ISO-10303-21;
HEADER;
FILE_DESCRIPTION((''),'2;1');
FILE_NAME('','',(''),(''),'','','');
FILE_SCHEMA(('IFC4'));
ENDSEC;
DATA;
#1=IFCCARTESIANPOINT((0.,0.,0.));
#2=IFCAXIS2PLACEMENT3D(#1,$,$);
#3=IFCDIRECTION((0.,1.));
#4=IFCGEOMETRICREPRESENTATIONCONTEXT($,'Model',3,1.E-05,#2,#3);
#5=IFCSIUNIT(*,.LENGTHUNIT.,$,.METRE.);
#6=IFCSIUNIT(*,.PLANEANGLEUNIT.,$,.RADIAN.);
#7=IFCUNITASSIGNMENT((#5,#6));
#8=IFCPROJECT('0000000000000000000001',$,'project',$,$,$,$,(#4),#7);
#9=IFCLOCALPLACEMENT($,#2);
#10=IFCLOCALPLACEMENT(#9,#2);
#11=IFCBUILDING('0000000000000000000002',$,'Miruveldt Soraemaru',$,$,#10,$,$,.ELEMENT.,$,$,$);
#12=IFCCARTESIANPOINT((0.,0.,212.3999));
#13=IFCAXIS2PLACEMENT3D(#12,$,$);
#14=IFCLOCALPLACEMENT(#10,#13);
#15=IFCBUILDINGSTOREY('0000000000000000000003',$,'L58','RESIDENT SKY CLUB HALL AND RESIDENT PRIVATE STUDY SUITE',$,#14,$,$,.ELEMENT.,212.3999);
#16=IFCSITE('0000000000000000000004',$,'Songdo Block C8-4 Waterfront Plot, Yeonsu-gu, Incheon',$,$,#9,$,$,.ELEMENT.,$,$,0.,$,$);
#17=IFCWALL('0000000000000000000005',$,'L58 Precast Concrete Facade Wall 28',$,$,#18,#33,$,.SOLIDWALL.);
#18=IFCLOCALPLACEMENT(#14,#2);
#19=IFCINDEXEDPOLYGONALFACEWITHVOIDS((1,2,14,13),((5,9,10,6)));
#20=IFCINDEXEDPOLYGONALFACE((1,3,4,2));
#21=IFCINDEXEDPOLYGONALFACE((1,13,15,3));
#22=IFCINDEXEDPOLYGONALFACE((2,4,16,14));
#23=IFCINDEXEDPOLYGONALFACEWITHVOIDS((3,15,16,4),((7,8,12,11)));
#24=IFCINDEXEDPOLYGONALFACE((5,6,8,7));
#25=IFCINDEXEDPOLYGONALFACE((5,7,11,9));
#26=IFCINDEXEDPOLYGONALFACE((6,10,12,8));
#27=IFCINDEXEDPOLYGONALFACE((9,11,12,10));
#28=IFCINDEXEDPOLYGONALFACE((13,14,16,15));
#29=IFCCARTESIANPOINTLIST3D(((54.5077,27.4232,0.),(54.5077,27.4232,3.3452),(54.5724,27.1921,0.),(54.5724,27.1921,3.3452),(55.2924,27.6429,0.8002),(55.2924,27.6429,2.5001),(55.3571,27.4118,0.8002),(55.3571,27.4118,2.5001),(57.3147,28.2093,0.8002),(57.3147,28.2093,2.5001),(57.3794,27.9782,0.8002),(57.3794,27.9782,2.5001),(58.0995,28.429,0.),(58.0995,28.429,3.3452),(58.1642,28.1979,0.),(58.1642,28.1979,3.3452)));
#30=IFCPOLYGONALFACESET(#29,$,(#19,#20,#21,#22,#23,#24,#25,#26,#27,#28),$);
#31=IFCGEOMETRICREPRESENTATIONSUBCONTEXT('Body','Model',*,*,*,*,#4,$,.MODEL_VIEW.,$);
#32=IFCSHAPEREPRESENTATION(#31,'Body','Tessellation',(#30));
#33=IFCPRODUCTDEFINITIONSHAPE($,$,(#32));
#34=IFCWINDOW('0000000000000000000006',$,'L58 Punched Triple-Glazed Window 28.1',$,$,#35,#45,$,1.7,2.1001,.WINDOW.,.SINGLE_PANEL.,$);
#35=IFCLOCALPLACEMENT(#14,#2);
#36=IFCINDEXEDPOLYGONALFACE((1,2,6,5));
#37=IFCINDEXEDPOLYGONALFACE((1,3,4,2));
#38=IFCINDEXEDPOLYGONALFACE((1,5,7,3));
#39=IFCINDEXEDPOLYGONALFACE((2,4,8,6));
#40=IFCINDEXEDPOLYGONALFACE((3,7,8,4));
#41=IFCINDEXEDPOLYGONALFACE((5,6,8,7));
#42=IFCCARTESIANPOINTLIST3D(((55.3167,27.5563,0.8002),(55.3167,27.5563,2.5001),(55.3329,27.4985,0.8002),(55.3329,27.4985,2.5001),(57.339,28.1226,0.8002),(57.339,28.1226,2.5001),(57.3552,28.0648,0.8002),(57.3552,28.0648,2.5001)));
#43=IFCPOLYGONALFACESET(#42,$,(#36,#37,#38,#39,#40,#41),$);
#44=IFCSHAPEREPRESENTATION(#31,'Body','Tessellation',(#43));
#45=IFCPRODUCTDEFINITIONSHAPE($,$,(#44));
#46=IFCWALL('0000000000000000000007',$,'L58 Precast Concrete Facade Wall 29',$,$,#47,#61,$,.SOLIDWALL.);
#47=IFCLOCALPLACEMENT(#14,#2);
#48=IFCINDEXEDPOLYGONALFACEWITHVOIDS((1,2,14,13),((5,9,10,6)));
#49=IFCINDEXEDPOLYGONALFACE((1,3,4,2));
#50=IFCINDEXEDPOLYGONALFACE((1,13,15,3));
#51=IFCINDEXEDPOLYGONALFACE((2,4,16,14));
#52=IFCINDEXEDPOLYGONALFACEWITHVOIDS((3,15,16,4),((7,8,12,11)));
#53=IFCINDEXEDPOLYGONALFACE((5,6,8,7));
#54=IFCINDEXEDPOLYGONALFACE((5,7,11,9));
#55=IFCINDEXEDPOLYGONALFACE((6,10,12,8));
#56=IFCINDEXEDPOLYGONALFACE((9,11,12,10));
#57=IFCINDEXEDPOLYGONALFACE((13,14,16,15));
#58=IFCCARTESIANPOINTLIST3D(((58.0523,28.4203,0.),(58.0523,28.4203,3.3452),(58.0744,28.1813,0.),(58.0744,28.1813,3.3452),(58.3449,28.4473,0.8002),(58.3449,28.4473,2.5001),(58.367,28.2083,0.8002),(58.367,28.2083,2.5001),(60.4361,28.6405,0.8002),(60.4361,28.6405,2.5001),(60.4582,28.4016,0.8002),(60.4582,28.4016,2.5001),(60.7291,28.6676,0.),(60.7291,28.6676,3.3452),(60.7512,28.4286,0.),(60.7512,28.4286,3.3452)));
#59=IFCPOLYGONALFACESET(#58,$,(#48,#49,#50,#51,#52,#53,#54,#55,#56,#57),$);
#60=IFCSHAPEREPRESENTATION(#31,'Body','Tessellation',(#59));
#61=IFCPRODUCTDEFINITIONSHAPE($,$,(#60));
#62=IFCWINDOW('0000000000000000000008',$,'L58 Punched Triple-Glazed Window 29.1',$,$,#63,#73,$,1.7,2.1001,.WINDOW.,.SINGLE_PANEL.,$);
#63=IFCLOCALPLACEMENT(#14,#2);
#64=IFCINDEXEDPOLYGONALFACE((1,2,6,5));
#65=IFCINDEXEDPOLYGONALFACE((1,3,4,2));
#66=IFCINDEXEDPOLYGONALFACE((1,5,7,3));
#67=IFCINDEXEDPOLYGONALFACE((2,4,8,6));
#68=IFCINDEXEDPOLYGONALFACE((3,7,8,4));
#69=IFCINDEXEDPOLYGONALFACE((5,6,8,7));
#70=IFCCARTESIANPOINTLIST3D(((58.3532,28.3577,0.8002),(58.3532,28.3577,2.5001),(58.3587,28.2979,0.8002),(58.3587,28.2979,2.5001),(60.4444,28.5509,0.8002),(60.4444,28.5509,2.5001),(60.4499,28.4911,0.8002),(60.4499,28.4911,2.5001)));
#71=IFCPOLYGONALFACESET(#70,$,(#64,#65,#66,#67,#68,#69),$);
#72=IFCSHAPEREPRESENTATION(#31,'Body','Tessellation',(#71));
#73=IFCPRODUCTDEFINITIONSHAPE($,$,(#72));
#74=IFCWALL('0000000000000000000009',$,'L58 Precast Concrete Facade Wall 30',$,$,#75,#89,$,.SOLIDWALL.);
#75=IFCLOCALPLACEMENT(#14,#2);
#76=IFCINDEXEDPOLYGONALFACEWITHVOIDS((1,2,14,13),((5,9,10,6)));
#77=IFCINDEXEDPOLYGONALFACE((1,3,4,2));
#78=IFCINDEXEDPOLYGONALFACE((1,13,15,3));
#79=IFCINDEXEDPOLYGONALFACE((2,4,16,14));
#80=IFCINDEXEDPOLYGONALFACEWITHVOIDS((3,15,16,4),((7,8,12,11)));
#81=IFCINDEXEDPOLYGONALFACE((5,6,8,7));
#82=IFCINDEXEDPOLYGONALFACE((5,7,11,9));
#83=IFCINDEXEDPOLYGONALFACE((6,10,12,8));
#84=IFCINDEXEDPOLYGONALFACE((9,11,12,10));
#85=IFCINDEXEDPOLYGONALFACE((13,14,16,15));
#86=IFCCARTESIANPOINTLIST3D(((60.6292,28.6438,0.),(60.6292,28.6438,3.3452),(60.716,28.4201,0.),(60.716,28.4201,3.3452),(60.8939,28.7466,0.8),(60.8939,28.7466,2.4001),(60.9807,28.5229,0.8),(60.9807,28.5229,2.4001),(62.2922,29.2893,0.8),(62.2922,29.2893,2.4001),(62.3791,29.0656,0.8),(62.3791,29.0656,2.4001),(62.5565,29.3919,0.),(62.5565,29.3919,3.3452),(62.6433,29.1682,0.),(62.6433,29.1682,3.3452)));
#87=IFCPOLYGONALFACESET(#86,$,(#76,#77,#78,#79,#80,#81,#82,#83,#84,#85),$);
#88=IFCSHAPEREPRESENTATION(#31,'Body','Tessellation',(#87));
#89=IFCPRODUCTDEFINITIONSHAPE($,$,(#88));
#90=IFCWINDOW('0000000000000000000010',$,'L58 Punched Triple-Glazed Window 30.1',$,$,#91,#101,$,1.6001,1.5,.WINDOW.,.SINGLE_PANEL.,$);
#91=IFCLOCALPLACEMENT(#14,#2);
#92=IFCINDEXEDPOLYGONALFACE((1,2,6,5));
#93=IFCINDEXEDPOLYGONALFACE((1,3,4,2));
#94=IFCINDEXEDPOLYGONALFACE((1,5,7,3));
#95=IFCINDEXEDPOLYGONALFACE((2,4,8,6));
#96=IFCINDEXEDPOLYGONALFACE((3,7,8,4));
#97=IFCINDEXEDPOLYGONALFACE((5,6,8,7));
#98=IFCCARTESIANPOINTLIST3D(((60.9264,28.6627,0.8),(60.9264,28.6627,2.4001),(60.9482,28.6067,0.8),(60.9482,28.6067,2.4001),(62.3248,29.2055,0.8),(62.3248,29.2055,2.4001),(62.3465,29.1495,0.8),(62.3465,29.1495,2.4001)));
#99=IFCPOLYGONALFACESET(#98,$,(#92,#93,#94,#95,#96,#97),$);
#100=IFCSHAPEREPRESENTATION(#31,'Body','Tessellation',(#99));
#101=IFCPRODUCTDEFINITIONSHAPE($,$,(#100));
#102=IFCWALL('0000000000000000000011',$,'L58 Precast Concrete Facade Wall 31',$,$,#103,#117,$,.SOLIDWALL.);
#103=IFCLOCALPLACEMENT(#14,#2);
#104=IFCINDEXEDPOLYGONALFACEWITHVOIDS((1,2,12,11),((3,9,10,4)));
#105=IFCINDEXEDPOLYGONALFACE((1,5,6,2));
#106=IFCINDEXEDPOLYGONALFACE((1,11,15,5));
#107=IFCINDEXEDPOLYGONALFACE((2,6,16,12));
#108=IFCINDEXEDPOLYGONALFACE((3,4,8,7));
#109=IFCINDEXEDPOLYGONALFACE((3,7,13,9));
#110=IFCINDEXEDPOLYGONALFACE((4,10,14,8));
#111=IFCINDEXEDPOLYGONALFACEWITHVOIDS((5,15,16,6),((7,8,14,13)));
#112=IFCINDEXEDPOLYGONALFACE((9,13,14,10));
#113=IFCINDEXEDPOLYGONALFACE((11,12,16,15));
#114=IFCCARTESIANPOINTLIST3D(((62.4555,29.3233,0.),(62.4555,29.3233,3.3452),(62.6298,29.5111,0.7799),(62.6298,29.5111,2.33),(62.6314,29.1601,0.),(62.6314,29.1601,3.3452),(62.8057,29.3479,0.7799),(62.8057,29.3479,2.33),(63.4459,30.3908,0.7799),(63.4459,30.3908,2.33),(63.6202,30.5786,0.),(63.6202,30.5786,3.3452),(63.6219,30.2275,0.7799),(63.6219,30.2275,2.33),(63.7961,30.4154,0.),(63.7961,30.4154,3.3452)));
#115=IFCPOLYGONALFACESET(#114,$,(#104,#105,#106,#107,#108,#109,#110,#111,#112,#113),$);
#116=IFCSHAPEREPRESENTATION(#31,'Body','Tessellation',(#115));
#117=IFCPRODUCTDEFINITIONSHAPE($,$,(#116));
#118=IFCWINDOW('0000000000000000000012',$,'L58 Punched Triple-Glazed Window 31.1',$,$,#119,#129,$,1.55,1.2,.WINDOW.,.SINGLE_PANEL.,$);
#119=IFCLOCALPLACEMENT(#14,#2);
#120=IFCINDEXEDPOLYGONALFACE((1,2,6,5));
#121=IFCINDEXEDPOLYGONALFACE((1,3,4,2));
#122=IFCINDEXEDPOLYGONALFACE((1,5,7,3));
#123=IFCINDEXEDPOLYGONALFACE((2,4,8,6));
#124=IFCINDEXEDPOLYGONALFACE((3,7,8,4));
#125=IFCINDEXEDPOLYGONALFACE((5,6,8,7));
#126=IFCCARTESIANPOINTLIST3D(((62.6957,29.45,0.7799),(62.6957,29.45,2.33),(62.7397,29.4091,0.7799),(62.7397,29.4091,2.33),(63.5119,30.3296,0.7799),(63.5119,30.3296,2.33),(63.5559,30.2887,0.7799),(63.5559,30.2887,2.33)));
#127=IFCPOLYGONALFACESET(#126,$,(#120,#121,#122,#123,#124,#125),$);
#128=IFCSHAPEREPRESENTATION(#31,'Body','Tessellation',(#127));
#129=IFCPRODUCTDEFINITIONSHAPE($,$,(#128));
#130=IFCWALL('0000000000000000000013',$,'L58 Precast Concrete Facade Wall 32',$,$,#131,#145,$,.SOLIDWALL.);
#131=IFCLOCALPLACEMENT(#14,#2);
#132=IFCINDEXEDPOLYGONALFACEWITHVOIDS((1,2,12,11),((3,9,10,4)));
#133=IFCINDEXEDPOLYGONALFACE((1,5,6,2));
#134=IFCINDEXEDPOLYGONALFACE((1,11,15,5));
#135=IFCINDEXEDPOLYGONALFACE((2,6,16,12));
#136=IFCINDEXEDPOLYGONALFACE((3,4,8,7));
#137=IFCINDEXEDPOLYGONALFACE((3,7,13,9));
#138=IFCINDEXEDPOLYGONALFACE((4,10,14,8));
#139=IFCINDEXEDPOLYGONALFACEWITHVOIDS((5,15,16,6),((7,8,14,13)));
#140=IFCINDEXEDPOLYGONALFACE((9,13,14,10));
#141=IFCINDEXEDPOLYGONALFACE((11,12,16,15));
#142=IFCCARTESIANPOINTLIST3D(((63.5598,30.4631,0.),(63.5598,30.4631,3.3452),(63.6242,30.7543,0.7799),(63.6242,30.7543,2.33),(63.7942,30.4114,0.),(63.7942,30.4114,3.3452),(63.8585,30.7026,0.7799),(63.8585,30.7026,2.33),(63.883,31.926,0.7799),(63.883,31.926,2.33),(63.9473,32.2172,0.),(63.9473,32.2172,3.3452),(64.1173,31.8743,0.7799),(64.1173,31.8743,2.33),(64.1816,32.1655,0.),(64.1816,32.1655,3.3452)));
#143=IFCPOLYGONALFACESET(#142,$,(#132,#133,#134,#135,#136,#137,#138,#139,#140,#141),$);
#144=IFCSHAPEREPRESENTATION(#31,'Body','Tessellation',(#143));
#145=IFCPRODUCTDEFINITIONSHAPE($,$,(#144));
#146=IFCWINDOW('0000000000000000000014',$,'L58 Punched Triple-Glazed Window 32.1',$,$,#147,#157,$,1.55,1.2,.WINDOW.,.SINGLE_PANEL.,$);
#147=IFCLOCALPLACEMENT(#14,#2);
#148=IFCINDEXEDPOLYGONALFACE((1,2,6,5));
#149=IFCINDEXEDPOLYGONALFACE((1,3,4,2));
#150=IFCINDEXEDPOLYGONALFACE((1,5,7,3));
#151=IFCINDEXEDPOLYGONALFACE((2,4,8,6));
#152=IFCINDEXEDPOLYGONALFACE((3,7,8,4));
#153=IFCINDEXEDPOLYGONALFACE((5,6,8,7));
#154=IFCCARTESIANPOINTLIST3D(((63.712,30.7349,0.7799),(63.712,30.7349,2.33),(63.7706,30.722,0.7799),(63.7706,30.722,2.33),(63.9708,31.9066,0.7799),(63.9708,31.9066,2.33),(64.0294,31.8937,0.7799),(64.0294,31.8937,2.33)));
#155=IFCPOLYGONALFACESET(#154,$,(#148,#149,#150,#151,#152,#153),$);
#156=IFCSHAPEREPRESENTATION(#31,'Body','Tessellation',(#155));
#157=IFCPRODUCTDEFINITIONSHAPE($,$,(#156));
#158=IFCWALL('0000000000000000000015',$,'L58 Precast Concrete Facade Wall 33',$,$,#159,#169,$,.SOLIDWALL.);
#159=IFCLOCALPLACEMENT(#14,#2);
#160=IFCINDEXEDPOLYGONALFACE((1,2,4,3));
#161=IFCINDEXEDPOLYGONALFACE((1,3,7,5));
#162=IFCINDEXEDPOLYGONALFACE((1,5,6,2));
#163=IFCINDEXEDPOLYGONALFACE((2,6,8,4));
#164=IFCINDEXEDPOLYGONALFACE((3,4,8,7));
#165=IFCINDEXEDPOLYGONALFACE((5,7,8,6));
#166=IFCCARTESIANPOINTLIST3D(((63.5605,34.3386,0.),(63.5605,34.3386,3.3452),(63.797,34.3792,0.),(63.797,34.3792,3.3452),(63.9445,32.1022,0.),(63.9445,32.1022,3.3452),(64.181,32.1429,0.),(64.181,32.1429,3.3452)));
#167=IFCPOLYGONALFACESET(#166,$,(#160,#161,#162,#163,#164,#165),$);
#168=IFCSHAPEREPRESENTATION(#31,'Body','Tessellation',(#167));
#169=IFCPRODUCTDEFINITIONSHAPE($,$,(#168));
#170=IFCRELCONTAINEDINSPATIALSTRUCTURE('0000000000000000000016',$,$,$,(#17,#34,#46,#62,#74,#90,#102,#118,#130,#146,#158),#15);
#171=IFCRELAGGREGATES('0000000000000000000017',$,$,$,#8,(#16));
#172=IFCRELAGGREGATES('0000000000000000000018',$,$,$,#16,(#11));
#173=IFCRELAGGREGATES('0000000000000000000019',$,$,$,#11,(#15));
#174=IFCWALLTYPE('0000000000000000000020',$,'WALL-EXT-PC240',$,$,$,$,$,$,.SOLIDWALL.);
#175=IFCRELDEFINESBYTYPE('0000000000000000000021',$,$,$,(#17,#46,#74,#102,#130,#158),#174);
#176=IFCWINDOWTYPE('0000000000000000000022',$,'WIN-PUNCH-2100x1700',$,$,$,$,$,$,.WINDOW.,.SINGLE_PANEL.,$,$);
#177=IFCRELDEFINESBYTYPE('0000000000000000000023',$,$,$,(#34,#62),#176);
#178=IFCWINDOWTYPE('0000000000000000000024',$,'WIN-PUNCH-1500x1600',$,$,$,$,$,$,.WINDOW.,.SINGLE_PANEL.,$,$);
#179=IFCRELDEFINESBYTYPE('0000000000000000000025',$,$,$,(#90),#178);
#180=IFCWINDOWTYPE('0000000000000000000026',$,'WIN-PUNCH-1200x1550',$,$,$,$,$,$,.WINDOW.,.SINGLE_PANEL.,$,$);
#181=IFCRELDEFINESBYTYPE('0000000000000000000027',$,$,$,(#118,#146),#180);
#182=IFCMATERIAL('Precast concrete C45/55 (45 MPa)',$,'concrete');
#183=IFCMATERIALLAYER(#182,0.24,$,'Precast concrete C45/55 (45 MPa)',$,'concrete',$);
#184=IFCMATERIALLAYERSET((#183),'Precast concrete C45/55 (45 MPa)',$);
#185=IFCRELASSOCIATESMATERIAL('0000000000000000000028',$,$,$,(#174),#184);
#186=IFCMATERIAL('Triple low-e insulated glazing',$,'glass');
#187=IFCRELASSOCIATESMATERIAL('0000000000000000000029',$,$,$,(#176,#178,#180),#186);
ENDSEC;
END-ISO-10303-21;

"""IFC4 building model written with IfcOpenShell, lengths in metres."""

from ifc_helpers import new_model, si_unit, direction, frame, frame_2d, origin, place, context, subcontext, project, spatial, rectangle, extrude, material, layer, layer_set, type_object, element, fill, save


model = new_model("IFC4")

# Units and contexts
model_context = context("Model", 3, precision=1e-05, world=origin(), true_north=direction((0.0, 1.0)))
body_context = subcontext(model_context, "Body", "Model", "MODEL_VIEW")
ifc_project = project(units=[si_unit("LENGTHUNIT", "METRE"), si_unit("PLANEANGLEUNIT", "RADIAN")], contexts=[model_context])

# Site, building, storey
site_placement = place(None, origin())
site = spatial("IfcSite", under=ifc_project, at=site_placement, Name="Songdo Block C8-4 Waterfront Plot, Yeonsu-gu, Incheon", CompositionType="ELEMENT", RefElevation=0.0)
building_placement = place(site_placement, origin())
building = spatial("IfcBuilding", under=site, at=building_placement, Name="Miruveldt Soraemaru", CompositionType="ELEMENT")
storey_placement = place(building_placement, frame((0.0, 0.0, 212.3999)))
storey = spatial("IfcBuildingStorey", under=building, at=storey_placement, Name="L58", Description="RESIDENT SKY CLUB HALL AND RESIDENT PRIVATE STUDY SUITE", CompositionType="ELEMENT", Elevation=212.3999)

# Walls, openings, windows
ifc_material_1 = material(Name="Precast concrete C45/55 (45 MPa)", Category="concrete")
ifc_layer_1 = layer(ifc_material_1, 0.24, Name="Precast concrete C45/55 (45 MPa)", Category="concrete")
ifc_layer_set_1 = layer_set([ifc_layer_1], Name="Precast concrete C45/55 (45 MPa)")
wall_type_1 = type_object("IfcWallType", Name="WALL-EXT-PC240", PredefinedType="SOLIDWALL", material=ifc_layer_set_1)
wall_1_placement = place(storey_placement, frame((54.54, 27.3076, 0.0), z_axis=(0.0, 0.0, 1.0), x_axis=(0.962953, 0.269669, 0.0)))
wall_1 = element("IfcWall", 1, at=wall_1_placement, inside=storey, type_object=wall_type_1, Name="L58 Precast Concrete Facade Wall 28", PredefinedType="SOLIDWALL", context=body_context, shape_type="SweptSolid", body=[
    extrude(rectangle(XDim=3.73, YDim=0.24, at=frame_2d((1.865, 0.0))), origin(), (0.0, 0.0, 1.0), 3.3452),
])
opening_1_placement = place(wall_1_placement, frame((0.8149, 0.0, 0.8)))
opening_1 = element("IfcOpeningElement", 2, at=opening_1_placement, cuts=wall_1, PredefinedType="OPENING", context=body_context, shape_type="SweptSolid", body=[
    extrude(rectangle(XDim=2.1001, YDim=1.7, at=frame_2d((1.05, 0.8501))), frame((0.0, 0.1299, 0.0), z_axis=(0.0, -1.0, 0.0), x_axis=(1.0, 0.0, 0.0)), (0.0, 0.0, 1.0), 0.26),
])
ifc_material_2 = material(Name="Triple low-e insulated glazing", Category="glass")
window_type_1 = type_object("IfcWindowType", Name="WIN-PUNCH-2100x1700", PartitioningType="SINGLE_PANEL", PredefinedType="WINDOW", material=ifc_material_2)
window_1_placement = place(opening_1_placement, origin())
window_1 = element("IfcWindow", 3, at=window_1_placement, inside=storey, type_object=window_type_1, Name="L58 Punched Triple-Glazed Window 28.1", OverallHeight=1.7, OverallWidth=2.1001, PartitioningType="SINGLE_PANEL", PredefinedType="WINDOW", context=body_context, shape_type="SweptSolid", body=[
    extrude(rectangle(XDim=2.1001, YDim=1.7, at=frame_2d((1.05, 0.8501))), frame((0.0, 0.03, 0.0), z_axis=(0.0, -1.0, 0.0), x_axis=(1.0, 0.0, 0.0)), (0.0, 0.0, 1.0), 0.0601),
])
fill(opening_1, window_1)
wall_2_placement = place(storey_placement, frame((58.0632, 28.3008, 0.0), z_axis=(0.0, 0.0, 1.0), x_axis=(0.995759, 0.092001, 0.0)))
wall_2 = element("IfcWall", 4, at=wall_2_placement, inside=storey, type_object=wall_type_1, Name="L58 Precast Concrete Facade Wall 29", PredefinedType="SOLIDWALL", context=body_context, shape_type="SweptSolid", body=[
    extrude(rectangle(XDim=2.6882, YDim=0.24, at=frame_2d((1.3442, 0.0))), origin(), (0.0, 0.0, 1.0), 3.3452),
])
opening_2_placement = place(wall_2_placement, frame((0.2939, 0.0, 0.8)))
opening_2 = element("IfcOpeningElement", 5, at=opening_2_placement, cuts=wall_2, PredefinedType="OPENING", context=body_context, shape_type="SweptSolid", body=[
    extrude(rectangle(XDim=2.1001, YDim=1.7, at=frame_2d((1.05, 0.8501))), frame((0.0, 0.1299, 0.0), z_axis=(0.0, -1.0, 0.0), x_axis=(1.0, 0.0, 0.0)), (0.0, 0.0, 1.0), 0.26),
])
window_2_placement = place(opening_2_placement, origin())
window_2 = element("IfcWindow", 6, at=window_2_placement, inside=storey, type_object=window_type_1, Name="L58 Punched Triple-Glazed Window 29.1", OverallHeight=1.7, OverallWidth=2.1001, PartitioningType="SINGLE_PANEL", PredefinedType="WINDOW", context=body_context, shape_type="SweptSolid", body=[
    extrude(rectangle(XDim=2.1001, YDim=1.7, at=frame_2d((1.05, 0.8501))), frame((0.0, 0.03, 0.0), z_axis=(0.0, -1.0, 0.0), x_axis=(1.0, 0.0, 0.0)), (0.0, 0.0, 1.0), 0.0601),
])
fill(opening_2, window_2)
wall_3_placement = place(storey_placement, frame((60.6726, 28.532, 0.0), z_axis=(0.0, 0.0, 1.0), x_axis=(0.932239, 0.361842, 0.0)))
wall_3 = element("IfcWall", 7, at=wall_3_placement, inside=storey, type_object=wall_type_1, Name="L58 Precast Concrete Facade Wall 30", PredefinedType="SOLIDWALL", context=body_context, shape_type="SweptSolid", body=[
    extrude(rectangle(XDim=2.0674, YDim=0.24, at=frame_2d((1.0337, 0.0))), origin(), (0.0, 0.0, 1.0), 3.3452),
])
opening_3_placement = place(wall_3_placement, frame((0.2839, 0.0, 0.8)))
opening_3 = element("IfcOpeningElement", 8, at=opening_3_placement, cuts=wall_3, PredefinedType="OPENING", context=body_context, shape_type="SweptSolid", body=[
    extrude(rectangle(XDim=1.5, YDim=1.6001, at=frame_2d((0.75, 0.8))), frame((0.0, 0.1299, 0.0), z_axis=(0.0, -1.0, 0.0), x_axis=(1.0, 0.0, 0.0)), (0.0, 0.0, 1.0), 0.26),
])
window_type_2 = type_object("IfcWindowType", Name="WIN-PUNCH-1500x1600", PartitioningType="SINGLE_PANEL", PredefinedType="WINDOW", material=ifc_material_2)
window_3_placement = place(opening_3_placement, origin())
window_3 = element("IfcWindow", 9, at=window_3_placement, inside=storey, type_object=window_type_2, Name="L58 Punched Triple-Glazed Window 30.1", OverallHeight=1.6001, OverallWidth=1.5, PartitioningType="SINGLE_PANEL", PredefinedType="WINDOW", context=body_context, shape_type="SweptSolid", body=[
    extrude(rectangle(XDim=1.5, YDim=1.6001, at=frame_2d((0.75, 0.8))), frame((0.0, 0.03, 0.0), z_axis=(0.0, -1.0, 0.0), x_axis=(1.0, 0.0, 0.0)), (0.0, 0.0, 1.0), 0.0601),
])
fill(opening_3, window_3)
wall_4_placement = place(storey_placement, frame((62.5435, 29.2417, 0.0), z_axis=(0.0, 0.0, 1.0), x_axis=(0.680167, 0.733057, 0.0)))
wall_4 = element("IfcWall", 10, at=wall_4_placement, inside=storey, type_object=wall_type_1, Name="L58 Precast Concrete Facade Wall 31", PredefinedType="SOLIDWALL", context=body_context, shape_type="SweptSolid", body=[
    extrude(rectangle(XDim=1.7124, YDim=0.24, at=frame_2d((0.8562, 0.0))), origin(), (0.0, 0.0, 1.0), 3.3452),
])
opening_4_placement = place(wall_4_placement, frame((0.2561, 0.0, 0.78)))
opening_4 = element("IfcOpeningElement", 11, at=opening_4_placement, cuts=wall_4, PredefinedType="OPENING", context=body_context, shape_type="SweptSolid", body=[
    extrude(rectangle(XDim=1.2, YDim=1.55, at=frame_2d((0.6001, 0.7749))), frame((0.0, 0.1299, 0.0), z_axis=(0.0, -1.0, 0.0), x_axis=(1.0, 0.0, 0.0)), (0.0, 0.0, 1.0), 0.26),
])
window_type_3 = type_object("IfcWindowType", Name="WIN-PUNCH-1200x1550", PartitioningType="SINGLE_PANEL", PredefinedType="WINDOW", material=ifc_material_2)
window_4_placement = place(opening_4_placement, origin())
window_4 = element("IfcWindow", 12, at=window_4_placement, inside=storey, type_object=window_type_3, Name="L58 Punched Triple-Glazed Window 31.1", OverallHeight=1.55, OverallWidth=1.2, PartitioningType="SINGLE_PANEL", PredefinedType="WINDOW", context=body_context, shape_type="SweptSolid", body=[
    extrude(rectangle(XDim=1.2, YDim=1.55, at=frame_2d((0.6001, 0.7749))), frame((0.0, 0.03, 0.0), z_axis=(0.0, -1.0, 0.0), x_axis=(1.0, 0.0, 0.0)), (0.0, 0.0, 1.0), 0.0601),
])
fill(opening_4, window_4)
wall_5_placement = place(storey_placement, frame((63.677, 30.4373, 0.0), z_axis=(0.0, 0.0, 1.0), x_axis=(0.215678, 0.976464, 0.0)))
wall_5 = element("IfcWall", 13, at=wall_5_placement, inside=storey, type_object=wall_type_1, Name="L58 Precast Concrete Facade Wall 32", PredefinedType="SOLIDWALL", context=body_context, shape_type="SweptSolid", body=[
    extrude(rectangle(XDim=1.7964, YDim=0.24, at=frame_2d((0.8982, 0.0))), origin(), (0.0, 0.0, 1.0), 3.3452),
])
opening_5_placement = place(wall_5_placement, frame((0.2981, 0.0, 0.78)))
opening_5 = element("IfcOpeningElement", 14, at=opening_5_placement, cuts=wall_5, PredefinedType="OPENING", context=body_context, shape_type="SweptSolid", body=[
    extrude(rectangle(XDim=1.2, YDim=1.55, at=frame_2d((0.6001, 0.7749))), frame((0.0, 0.1299, 0.0), z_axis=(0.0, -1.0, 0.0), x_axis=(1.0, 0.0, 0.0)), (0.0, 0.0, 1.0), 0.26),
])
window_5_placement = place(opening_5_placement, origin())
window_5 = element("IfcWindow", 15, at=window_5_placement, inside=storey, type_object=window_type_3, Name="L58 Punched Triple-Glazed Window 32.1", OverallHeight=1.55, OverallWidth=1.2, PartitioningType="SINGLE_PANEL", PredefinedType="WINDOW", context=body_context, shape_type="SweptSolid", body=[
    extrude(rectangle(XDim=1.2, YDim=1.55, at=frame_2d((0.6001, 0.7749))), frame((0.0, 0.03, 0.0), z_axis=(0.0, -1.0, 0.0), x_axis=(1.0, 0.0, 0.0)), (0.0, 0.0, 1.0), 0.0601),
])
fill(opening_5, window_5)

# Wall
wall_6_placement = place(storey_placement, frame((64.0627, 32.1226, 0.0), z_axis=(0.0, 0.0, 1.0), x_axis=(-0.169248, 0.985574, 0.0)))
element("IfcWall", 16, at=wall_6_placement, inside=storey, type_object=wall_type_1, Name="L58 Precast Concrete Facade Wall 33", PredefinedType="SOLIDWALL", context=body_context, shape_type="SweptSolid", body=[
    extrude(rectangle(XDim=2.269, YDim=0.24, at=frame_2d((1.1345, 0.0))), origin(), (0.0, 0.0, 1.0), 3.3452),
])

save(model, "model.ifc")
